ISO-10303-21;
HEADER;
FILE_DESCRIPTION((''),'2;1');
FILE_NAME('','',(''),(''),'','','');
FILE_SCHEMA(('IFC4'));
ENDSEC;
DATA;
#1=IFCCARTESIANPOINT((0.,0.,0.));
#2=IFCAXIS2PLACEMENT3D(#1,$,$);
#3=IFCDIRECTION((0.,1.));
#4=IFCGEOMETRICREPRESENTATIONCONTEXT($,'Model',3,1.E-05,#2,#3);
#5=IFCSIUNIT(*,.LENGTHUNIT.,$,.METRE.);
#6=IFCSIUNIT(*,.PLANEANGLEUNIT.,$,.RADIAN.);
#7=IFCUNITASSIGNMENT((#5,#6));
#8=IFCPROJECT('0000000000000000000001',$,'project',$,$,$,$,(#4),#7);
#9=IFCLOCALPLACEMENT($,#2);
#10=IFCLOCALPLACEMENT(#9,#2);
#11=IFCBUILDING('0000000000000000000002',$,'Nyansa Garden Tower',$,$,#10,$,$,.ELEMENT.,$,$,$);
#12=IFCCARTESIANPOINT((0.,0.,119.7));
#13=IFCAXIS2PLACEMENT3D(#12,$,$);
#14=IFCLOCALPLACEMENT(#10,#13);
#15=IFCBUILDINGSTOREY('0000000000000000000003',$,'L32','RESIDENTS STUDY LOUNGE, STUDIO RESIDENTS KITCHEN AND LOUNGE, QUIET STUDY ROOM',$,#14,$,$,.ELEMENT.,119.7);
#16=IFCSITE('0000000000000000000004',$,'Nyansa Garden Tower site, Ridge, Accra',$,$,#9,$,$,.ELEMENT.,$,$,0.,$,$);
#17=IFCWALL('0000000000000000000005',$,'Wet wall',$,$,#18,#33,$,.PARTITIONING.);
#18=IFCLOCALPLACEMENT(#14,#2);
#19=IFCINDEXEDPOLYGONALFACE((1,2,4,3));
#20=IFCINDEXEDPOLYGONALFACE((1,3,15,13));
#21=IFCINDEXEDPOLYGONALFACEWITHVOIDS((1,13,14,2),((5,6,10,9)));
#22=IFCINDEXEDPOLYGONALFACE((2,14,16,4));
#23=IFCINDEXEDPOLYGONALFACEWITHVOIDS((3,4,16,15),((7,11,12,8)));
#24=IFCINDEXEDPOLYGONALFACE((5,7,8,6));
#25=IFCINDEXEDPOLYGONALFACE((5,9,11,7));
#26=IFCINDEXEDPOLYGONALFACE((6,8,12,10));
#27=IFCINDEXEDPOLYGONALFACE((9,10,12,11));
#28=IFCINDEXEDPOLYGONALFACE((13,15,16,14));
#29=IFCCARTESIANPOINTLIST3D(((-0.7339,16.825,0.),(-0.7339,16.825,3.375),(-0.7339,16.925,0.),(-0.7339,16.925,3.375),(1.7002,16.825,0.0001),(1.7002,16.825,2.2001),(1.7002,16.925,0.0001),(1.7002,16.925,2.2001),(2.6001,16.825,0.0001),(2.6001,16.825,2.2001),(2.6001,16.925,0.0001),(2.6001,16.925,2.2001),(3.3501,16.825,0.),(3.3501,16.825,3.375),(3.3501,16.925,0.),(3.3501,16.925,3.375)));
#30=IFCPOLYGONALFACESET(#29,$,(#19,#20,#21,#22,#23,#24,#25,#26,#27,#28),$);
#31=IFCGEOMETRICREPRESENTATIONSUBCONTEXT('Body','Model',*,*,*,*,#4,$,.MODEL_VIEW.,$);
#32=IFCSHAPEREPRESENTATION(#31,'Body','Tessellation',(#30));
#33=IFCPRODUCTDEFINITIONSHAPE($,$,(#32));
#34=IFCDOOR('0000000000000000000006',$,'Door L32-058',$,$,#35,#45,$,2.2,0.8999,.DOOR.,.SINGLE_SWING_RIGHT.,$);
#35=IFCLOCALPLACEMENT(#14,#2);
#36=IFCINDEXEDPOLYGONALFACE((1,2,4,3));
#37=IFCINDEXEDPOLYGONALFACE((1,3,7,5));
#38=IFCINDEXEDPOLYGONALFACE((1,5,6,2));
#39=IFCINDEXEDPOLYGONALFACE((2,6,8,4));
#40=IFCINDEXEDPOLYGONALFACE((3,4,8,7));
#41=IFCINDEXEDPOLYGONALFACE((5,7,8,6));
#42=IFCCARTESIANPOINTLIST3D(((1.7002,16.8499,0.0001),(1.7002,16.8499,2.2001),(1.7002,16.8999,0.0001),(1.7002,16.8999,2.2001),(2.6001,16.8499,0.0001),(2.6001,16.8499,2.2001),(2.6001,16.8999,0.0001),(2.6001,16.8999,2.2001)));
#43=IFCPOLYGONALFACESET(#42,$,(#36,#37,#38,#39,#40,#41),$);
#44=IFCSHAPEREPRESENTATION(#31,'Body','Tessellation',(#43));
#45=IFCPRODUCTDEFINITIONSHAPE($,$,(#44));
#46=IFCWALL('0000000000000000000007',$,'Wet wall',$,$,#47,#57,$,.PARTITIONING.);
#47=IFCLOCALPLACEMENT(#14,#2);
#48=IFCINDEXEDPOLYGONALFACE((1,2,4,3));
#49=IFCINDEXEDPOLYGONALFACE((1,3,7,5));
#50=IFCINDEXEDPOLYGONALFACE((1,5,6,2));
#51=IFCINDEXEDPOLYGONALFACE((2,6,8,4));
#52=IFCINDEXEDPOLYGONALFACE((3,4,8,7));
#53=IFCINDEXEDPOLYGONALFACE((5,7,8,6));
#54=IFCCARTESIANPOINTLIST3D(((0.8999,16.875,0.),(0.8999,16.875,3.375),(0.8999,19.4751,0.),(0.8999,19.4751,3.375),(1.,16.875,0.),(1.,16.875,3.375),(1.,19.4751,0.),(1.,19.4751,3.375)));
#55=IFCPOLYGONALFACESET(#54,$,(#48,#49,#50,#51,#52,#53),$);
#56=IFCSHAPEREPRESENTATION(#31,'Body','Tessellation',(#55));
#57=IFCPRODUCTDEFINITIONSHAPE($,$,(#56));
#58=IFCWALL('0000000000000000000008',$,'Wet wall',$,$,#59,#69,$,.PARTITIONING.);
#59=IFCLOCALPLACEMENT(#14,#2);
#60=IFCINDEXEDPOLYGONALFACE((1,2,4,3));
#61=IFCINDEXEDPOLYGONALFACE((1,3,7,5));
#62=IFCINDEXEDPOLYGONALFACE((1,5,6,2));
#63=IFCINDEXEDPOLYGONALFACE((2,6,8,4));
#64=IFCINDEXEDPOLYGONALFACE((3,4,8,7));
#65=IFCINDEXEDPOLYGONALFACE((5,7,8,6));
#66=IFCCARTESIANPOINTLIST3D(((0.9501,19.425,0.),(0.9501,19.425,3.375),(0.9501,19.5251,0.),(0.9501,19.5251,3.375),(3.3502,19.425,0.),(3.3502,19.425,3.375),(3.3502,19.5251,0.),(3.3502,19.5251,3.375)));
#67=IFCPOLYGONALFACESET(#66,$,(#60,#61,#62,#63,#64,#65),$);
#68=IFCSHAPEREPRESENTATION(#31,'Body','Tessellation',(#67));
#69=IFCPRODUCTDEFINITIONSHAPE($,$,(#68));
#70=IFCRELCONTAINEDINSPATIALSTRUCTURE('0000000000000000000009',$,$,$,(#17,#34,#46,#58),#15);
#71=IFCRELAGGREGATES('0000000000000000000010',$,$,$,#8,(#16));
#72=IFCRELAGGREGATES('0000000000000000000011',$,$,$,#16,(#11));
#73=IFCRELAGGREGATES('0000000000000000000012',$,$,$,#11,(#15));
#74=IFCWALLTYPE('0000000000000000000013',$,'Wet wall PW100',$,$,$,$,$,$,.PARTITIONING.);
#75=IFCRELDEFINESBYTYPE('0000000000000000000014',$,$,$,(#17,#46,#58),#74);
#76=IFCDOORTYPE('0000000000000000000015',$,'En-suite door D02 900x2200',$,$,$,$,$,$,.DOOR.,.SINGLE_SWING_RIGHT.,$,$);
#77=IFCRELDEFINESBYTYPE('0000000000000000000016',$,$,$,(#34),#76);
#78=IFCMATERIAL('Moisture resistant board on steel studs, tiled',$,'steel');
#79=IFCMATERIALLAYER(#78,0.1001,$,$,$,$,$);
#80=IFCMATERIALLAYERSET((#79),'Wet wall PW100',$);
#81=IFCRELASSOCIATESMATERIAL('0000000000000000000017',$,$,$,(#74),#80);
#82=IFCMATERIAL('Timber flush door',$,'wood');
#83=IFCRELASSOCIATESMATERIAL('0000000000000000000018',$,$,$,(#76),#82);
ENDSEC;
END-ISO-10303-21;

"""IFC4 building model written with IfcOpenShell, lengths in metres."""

from ifc_helpers import new_model, si_unit, direction, frame, frame_2d, origin, place, context, subcontext, project, spatial, rectangle, extrude, material, layer, layer_set, type_object, element, fill, save


model = new_model("IFC4")

# Units and contexts
model_context = context("Model", 3, precision=1e-05, world=origin(), true_north=direction((0.0, 1.0)))
body_context = subcontext(model_context, "Body", "Model", "MODEL_VIEW")
ifc_project = project(units=[si_unit("LENGTHUNIT", "METRE"), si_unit("PLANEANGLEUNIT", "RADIAN")], contexts=[model_context])

# Site, building, storey
site_placement = place(None, origin())
site = spatial("IfcSite", under=ifc_project, at=site_placement, Name="Nyansa Garden Tower site, Ridge, Accra", CompositionType="ELEMENT", RefElevation=0.0)
building_placement = place(site_placement, origin())
building = spatial("IfcBuilding", under=site, at=building_placement, Name="Nyansa Garden Tower", CompositionType="ELEMENT")
storey_placement = place(building_placement, frame((0.0, 0.0, 119.7)))
storey = spatial("IfcBuildingStorey", under=building, at=storey_placement, Name="L32", Description="RESIDENTS STUDY LOUNGE, STUDIO RESIDENTS KITCHEN AND LOUNGE, QUIET STUDY ROOM", CompositionType="ELEMENT", Elevation=119.7)

# Wall, opening, door
ifc_material_1 = material(Name="Moisture resistant board on steel studs, tiled", Category="steel")
ifc_layer_1 = layer(ifc_material_1, 0.1001)
ifc_layer_set_1 = layer_set([ifc_layer_1], Name="Wet wall PW100")
wall_type_1 = type_object("IfcWallType", Name="Wet wall PW100", PredefinedType="PARTITIONING", material=ifc_layer_set_1)
wall_1_placement = place(storey_placement, frame((-0.7339, 16.875, 0.0), z_axis=(0.0, 0.0, 1.0), x_axis=(1.0, 0.0, 0.0)))
wall_1 = element("IfcWall", 1, at=wall_1_placement, inside=storey, type_object=wall_type_1, Name="Wet wall", PredefinedType="PARTITIONING", context=body_context, shape_type="SweptSolid", body=[
    extrude(rectangle(XDim=4.084, YDim=0.1001, at=frame_2d((2.042, 0.0))), origin(), (0.0, 0.0, 1.0), 3.375),
])
opening_placement = place(wall_1_placement, frame((2.4341, 0.0, 0.0)))
opening = element("IfcOpeningElement", 2, at=opening_placement, cuts=wall_1, PredefinedType="OPENING", context=body_context, shape_type="SweptSolid", body=[
    extrude(rectangle(XDim=0.8999, YDim=2.2, at=frame_2d((0.45, 1.1001))), frame((0.0, 0.0601, 0.0), z_axis=(0.0, -1.0, 0.0), x_axis=(1.0, 0.0, 0.0)), (0.0, 0.0, 1.0), 0.1201),
])
ifc_material_2 = material(Name="Timber flush door", Category="wood")
door_type = type_object("IfcDoorType", Name="En-suite door D02 900x2200", OperationType="SINGLE_SWING_RIGHT", PredefinedType="DOOR", material=ifc_material_2)
door_placement = place(opening_placement, origin())
door = element("IfcDoor", 3, at=door_placement, inside=storey, type_object=door_type, Name="Door L32-058", OperationType="SINGLE_SWING_RIGHT", OverallHeight=2.2, OverallWidth=0.8999, PredefinedType="DOOR", context=body_context, shape_type="SweptSolid", body=[
    extrude(rectangle(XDim=0.8999, YDim=2.2, at=frame_2d((0.45, 1.1001))), frame((0.0, 0.0249, 0.0), z_axis=(0.0, -1.0, 0.0), x_axis=(1.0, 0.0, 0.0)), (0.0, 0.0, 1.0), 0.05),
])
fill(opening, door)

# Walls
wall_2_placement = place(storey_placement, frame((0.95, 16.875, 0.0), z_axis=(0.0, 0.0, 1.0), x_axis=(0.0, 1.0, 0.0)))
element("IfcWall", 4, at=wall_2_placement, inside=storey, type_object=wall_type_1, Name="Wet wall", PredefinedType="PARTITIONING", context=body_context, shape_type="SweptSolid", body=[
    extrude(rectangle(XDim=2.6001, YDim=0.1001, at=frame_2d((1.3, 0.0))), origin(), (0.0, 0.0, 1.0), 3.375),
])
wall_3_placement = place(storey_placement, frame((0.95, 19.4751, 0.0), z_axis=(0.0, 0.0, 1.0), x_axis=(1.0, 0.0, 0.0)))
element("IfcWall", 5, at=wall_3_placement, inside=storey, type_object=wall_type_1, Name="Wet wall", PredefinedType="PARTITIONING", context=body_context, shape_type="SweptSolid", body=[
    extrude(rectangle(XDim=2.4001, YDim=0.1001, at=frame_2d((1.2002, 0.0))), origin(), (0.0, 0.0, 1.0), 3.375),
])

save(model, "model.ifc")
